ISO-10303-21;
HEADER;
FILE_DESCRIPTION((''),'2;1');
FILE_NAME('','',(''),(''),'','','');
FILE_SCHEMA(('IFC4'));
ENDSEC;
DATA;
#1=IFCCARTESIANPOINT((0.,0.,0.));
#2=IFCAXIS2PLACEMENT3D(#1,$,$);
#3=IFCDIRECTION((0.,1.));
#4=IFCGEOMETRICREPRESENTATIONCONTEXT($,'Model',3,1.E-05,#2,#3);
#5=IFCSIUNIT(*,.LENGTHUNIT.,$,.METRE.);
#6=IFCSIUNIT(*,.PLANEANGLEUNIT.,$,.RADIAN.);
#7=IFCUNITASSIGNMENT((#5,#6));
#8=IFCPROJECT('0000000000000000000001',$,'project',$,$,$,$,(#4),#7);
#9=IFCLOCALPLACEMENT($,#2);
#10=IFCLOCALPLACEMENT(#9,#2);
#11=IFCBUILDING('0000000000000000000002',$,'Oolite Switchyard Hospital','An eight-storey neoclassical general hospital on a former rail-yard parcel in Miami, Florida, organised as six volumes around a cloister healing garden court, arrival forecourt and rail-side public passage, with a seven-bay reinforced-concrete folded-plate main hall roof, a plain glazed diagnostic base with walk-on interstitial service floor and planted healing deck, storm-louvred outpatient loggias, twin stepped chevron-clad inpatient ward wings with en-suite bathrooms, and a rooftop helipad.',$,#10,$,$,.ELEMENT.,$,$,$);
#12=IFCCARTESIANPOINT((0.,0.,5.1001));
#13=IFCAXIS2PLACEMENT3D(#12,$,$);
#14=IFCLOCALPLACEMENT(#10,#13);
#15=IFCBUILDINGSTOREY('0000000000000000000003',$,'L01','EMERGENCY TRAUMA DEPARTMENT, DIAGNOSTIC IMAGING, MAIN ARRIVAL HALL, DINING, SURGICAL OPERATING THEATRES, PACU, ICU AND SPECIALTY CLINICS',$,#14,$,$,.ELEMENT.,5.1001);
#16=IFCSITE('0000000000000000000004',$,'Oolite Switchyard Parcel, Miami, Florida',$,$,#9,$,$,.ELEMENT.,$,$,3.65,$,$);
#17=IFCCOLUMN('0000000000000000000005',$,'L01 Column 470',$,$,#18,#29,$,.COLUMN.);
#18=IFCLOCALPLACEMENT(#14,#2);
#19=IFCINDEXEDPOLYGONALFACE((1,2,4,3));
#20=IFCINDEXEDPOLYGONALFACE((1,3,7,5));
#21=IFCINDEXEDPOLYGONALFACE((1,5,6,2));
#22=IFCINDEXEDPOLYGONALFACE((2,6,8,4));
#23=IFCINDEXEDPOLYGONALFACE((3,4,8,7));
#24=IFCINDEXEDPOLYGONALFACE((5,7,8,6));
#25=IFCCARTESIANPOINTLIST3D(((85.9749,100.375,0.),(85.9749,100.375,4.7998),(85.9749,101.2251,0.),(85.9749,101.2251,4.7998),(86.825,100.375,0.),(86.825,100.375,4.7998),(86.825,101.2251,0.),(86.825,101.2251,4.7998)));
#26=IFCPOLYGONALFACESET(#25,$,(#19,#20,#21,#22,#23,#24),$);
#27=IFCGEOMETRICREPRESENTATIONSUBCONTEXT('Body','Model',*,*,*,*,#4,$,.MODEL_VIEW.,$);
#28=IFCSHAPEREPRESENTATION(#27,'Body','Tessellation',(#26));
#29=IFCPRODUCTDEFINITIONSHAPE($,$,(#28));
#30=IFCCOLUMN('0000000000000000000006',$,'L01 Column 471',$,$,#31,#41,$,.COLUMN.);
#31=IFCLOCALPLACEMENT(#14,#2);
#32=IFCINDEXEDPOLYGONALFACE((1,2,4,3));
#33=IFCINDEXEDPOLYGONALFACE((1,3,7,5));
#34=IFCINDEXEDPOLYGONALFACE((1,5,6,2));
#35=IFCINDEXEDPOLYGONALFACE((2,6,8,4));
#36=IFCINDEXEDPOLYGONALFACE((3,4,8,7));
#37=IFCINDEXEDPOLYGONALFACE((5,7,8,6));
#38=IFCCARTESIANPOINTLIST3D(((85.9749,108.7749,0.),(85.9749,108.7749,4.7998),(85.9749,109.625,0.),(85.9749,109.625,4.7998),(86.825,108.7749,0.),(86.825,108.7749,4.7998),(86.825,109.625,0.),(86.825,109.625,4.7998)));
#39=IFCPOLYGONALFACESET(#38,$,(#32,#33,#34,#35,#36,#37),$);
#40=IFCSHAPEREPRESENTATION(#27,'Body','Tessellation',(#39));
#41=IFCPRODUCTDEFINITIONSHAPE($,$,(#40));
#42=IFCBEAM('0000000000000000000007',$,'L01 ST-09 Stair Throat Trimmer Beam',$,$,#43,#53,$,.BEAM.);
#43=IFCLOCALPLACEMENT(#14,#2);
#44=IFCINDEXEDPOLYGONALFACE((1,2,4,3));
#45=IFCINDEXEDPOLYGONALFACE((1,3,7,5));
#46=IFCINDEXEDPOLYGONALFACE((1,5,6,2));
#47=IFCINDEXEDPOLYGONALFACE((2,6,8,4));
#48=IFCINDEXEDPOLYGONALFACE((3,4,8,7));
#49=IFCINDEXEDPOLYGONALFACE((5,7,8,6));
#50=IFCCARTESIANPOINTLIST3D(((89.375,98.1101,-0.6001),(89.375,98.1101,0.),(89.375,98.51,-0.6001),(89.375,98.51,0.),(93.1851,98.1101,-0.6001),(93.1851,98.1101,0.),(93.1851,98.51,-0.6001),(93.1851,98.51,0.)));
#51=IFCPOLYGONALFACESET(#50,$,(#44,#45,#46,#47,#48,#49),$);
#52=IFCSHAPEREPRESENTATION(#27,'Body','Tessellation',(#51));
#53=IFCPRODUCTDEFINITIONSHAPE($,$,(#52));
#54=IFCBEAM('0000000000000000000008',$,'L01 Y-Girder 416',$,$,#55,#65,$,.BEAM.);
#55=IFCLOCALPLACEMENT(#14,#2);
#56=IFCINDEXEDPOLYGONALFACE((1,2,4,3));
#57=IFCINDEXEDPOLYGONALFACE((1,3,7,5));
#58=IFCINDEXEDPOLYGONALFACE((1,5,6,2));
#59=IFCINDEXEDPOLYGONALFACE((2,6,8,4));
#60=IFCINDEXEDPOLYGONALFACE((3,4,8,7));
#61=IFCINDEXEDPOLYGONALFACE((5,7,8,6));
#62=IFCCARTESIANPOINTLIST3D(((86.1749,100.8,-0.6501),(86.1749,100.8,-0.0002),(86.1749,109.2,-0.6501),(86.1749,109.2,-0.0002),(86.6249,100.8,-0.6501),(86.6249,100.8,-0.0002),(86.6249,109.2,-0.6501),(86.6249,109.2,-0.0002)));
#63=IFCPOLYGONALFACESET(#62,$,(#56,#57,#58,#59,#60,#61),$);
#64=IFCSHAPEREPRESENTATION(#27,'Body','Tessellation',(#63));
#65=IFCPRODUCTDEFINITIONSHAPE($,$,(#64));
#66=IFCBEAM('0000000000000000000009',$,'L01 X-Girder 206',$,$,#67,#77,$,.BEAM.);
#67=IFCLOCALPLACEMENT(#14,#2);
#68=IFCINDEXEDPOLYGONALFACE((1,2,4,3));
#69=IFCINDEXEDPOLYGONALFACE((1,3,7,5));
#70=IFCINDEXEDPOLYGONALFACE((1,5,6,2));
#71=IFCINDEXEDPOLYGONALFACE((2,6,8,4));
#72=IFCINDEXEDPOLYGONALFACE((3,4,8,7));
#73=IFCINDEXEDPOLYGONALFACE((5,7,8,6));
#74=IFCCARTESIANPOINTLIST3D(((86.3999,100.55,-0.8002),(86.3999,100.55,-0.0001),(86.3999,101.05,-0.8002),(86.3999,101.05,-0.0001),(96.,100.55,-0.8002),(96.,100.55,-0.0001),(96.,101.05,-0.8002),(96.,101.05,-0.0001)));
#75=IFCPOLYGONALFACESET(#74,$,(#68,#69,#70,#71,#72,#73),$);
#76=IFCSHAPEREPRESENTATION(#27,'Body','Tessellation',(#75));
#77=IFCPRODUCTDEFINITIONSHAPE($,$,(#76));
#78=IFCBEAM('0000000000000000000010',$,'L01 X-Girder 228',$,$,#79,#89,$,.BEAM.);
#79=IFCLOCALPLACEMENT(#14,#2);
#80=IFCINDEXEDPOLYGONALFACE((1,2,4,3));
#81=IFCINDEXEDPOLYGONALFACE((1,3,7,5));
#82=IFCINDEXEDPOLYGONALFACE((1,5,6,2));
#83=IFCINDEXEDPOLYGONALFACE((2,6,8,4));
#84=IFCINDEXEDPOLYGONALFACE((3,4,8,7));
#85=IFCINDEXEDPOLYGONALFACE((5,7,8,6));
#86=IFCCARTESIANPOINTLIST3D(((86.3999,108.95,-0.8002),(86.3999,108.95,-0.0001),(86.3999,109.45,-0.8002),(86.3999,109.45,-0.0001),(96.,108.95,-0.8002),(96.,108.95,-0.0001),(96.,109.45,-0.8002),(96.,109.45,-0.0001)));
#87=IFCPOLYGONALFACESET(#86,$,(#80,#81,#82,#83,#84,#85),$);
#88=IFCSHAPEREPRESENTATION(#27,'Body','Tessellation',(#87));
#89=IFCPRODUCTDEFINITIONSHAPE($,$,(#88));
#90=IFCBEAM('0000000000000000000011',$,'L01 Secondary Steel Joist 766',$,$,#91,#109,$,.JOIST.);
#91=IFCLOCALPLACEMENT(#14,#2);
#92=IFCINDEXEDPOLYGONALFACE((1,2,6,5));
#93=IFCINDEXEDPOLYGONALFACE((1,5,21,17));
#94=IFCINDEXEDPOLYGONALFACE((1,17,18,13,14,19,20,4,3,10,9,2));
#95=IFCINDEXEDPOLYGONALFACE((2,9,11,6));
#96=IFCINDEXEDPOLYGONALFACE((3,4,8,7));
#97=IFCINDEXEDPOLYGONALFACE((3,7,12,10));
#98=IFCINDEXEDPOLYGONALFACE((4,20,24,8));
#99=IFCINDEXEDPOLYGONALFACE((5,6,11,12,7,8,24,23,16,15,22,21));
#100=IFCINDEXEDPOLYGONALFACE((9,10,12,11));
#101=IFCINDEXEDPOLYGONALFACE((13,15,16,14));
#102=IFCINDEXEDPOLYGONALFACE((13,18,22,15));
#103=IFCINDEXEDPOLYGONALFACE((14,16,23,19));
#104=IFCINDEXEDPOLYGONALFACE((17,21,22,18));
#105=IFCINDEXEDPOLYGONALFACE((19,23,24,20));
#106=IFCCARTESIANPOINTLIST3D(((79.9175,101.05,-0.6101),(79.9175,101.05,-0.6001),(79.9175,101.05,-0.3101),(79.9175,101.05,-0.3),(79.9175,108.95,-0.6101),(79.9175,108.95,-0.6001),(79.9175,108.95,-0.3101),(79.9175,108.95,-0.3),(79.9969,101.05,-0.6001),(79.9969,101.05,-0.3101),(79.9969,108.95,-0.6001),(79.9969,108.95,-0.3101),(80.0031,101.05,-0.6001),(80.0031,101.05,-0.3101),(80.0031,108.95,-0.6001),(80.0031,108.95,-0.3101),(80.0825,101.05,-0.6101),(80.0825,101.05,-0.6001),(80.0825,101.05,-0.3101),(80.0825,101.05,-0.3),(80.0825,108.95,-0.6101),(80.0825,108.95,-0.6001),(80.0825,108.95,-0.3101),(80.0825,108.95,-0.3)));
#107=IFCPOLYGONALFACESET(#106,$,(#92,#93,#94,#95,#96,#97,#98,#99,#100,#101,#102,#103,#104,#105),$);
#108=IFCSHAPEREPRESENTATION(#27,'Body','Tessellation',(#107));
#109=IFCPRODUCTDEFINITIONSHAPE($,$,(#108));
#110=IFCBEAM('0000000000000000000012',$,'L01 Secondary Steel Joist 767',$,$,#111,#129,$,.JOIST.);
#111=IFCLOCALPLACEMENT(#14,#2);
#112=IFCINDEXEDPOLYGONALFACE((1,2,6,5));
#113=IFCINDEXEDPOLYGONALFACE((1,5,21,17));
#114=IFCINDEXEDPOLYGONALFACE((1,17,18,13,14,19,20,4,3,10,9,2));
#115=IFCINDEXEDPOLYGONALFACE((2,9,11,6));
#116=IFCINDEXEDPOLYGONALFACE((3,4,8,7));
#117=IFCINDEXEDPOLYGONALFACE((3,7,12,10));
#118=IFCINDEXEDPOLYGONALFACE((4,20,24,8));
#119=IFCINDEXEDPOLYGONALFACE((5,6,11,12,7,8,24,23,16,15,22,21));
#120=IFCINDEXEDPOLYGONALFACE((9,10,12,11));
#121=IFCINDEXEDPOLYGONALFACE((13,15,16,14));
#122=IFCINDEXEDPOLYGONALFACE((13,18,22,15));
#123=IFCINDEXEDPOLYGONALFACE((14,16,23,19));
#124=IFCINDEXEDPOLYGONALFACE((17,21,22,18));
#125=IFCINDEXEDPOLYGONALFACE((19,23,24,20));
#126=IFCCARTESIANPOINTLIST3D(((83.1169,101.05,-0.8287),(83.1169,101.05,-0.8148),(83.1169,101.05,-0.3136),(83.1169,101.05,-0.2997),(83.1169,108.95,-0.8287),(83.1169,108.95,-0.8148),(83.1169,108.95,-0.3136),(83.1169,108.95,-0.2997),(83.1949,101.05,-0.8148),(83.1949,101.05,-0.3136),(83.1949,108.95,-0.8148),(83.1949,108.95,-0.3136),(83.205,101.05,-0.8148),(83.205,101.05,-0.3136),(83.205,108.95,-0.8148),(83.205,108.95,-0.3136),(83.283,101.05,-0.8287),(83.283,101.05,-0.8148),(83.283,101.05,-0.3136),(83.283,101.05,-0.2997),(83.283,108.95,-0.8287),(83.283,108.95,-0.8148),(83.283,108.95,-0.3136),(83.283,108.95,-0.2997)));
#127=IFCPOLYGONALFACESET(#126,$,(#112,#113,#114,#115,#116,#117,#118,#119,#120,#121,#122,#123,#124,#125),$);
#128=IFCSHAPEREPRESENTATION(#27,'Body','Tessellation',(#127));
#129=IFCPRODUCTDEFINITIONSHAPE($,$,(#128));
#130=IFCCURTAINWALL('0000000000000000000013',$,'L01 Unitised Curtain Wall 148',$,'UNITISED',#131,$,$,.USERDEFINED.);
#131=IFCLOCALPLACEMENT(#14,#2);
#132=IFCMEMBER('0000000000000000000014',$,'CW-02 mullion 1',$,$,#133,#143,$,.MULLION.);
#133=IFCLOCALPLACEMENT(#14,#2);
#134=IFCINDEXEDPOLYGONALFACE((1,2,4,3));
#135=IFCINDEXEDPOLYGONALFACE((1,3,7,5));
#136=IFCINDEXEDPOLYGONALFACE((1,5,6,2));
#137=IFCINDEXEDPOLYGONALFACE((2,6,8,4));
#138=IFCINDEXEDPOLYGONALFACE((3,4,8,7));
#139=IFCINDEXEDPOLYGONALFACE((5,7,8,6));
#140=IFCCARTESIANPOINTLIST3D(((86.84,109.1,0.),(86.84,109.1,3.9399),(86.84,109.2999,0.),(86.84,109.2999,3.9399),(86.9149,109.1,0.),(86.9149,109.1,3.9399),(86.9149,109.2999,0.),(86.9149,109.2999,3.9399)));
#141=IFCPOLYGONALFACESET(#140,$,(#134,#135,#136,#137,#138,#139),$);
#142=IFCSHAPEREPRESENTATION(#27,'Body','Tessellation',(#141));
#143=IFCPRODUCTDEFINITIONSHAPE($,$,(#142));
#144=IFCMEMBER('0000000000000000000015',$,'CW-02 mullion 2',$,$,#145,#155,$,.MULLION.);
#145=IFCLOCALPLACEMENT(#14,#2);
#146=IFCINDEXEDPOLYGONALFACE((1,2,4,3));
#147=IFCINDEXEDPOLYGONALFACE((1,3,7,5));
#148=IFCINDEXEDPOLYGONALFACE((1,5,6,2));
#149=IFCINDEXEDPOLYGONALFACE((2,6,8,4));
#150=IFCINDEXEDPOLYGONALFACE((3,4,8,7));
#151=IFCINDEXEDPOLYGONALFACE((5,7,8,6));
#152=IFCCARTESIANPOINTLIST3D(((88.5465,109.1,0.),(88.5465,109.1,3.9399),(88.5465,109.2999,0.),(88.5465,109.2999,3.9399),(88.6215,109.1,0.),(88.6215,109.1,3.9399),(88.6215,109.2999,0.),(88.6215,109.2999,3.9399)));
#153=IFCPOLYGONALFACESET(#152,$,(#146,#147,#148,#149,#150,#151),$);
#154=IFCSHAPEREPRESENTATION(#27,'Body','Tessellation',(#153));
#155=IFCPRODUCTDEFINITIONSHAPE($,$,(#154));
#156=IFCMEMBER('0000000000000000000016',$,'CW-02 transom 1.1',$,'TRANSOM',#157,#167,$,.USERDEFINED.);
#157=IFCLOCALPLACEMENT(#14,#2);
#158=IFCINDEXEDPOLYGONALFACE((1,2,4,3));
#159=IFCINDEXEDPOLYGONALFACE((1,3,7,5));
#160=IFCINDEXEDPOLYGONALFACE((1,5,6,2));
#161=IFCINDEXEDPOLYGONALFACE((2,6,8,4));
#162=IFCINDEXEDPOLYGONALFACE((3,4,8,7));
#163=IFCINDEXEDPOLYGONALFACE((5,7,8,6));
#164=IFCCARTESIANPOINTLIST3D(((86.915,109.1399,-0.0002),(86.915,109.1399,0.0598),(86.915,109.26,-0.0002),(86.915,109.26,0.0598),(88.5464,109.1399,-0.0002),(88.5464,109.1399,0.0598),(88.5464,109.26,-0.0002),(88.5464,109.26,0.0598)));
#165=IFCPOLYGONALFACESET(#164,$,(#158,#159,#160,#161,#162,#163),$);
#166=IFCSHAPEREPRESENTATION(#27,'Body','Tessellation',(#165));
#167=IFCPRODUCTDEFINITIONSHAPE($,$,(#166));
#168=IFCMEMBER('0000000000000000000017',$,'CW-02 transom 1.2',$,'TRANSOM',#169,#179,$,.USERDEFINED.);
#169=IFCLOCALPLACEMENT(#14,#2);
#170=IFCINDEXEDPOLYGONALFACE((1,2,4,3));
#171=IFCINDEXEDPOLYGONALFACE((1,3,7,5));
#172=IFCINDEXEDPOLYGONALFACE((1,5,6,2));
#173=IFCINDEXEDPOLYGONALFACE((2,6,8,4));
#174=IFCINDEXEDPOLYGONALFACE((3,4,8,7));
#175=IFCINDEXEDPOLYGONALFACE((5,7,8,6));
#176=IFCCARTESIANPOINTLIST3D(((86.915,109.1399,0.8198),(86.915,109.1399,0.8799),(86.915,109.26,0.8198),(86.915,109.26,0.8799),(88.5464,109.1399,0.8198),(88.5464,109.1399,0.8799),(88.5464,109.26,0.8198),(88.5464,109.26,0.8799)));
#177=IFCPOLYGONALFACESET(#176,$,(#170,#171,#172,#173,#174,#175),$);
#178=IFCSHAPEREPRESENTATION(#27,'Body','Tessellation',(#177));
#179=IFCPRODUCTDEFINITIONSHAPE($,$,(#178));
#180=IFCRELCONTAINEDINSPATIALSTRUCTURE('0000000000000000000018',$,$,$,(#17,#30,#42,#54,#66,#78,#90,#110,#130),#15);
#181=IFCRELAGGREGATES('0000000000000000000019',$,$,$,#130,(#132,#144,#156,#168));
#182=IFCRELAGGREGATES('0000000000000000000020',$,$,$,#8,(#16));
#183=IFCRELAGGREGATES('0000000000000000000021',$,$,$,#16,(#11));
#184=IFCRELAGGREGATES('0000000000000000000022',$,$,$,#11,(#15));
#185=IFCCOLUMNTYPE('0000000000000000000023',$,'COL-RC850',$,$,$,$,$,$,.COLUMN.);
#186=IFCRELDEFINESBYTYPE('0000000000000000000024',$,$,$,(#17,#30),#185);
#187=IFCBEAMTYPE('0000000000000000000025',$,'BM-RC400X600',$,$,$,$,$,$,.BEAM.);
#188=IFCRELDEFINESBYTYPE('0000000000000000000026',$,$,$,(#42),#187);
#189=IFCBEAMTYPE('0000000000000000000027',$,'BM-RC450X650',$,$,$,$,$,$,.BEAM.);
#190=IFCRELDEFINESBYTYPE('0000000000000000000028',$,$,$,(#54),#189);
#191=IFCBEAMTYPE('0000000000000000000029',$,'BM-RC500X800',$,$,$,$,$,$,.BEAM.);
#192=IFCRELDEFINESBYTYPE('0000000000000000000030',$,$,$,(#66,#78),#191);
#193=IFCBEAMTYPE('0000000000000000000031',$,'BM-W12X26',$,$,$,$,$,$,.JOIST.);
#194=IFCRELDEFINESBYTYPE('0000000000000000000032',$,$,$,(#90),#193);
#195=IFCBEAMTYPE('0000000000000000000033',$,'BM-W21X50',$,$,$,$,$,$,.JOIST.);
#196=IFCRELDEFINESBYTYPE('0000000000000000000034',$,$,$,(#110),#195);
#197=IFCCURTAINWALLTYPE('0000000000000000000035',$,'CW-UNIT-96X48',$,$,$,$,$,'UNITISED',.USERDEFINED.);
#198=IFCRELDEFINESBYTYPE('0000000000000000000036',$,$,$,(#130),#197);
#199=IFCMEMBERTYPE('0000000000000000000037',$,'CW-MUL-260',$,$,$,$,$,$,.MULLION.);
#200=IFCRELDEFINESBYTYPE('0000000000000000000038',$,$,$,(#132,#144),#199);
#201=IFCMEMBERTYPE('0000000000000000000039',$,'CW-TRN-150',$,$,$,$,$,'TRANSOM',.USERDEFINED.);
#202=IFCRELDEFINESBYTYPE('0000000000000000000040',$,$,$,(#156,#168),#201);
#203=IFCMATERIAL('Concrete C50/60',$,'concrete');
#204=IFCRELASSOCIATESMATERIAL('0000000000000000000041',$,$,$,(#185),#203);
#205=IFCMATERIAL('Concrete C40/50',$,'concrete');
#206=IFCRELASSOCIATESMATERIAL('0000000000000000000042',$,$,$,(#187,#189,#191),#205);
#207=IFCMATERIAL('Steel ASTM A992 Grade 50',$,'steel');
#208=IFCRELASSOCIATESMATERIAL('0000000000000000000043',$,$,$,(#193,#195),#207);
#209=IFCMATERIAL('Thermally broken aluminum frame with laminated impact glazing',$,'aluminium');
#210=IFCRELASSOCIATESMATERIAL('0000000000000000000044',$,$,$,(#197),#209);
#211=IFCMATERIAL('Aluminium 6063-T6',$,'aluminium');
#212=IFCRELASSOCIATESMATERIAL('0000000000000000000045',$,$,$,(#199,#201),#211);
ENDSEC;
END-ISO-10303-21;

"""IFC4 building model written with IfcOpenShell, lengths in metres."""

from ifc_helpers import new_model, si_unit, direction, frame, origin, origin_2d, place, context, subcontext, project, spatial, rectangle, i_section, extrude, material, material_profile, profile_set, type_object, element, aggregate, save


model = new_model("IFC4")

# Units and contexts
model_context = context("Model", 3, precision=1e-05, world=origin(), true_north=direction((0.0, 1.0)))
body_context = subcontext(model_context, "Body", "Model", "MODEL_VIEW")
ifc_project = project(units=[si_unit("LENGTHUNIT", "METRE"), si_unit("PLANEANGLEUNIT", "RADIAN")], contexts=[model_context])

# Site, building, storey
site_placement = place(None, origin())
site = spatial("IfcSite", under=ifc_project, at=site_placement, Name="Oolite Switchyard Parcel, Miami, Florida", CompositionType="ELEMENT", RefElevation=3.65)
building_placement = place(site_placement, origin())
building = spatial("IfcBuilding", under=site, at=building_placement, Name="Oolite Switchyard Hospital", Description="An eight-storey neoclassical general hospital on a former rail-yard parcel in Miami, Florida, organised as six volumes around a cloister healing garden court, arrival forecourt and rail-side public passage, with a seven-bay reinforced-concrete folded-plate main hall roof, a plain glazed diagnostic base with walk-on interstitial service floor and planted healing deck, storm-louvred outpatient loggias, twin stepped chevron-clad inpatient ward wings with en-suite bathrooms, and a rooftop helipad.", CompositionType="ELEMENT")
storey_placement = place(building_placement, frame((0.0, 0.0, 5.1001)))
storey = spatial("IfcBuildingStorey", under=building, at=storey_placement, Name="L01", Description="EMERGENCY TRAUMA DEPARTMENT, DIAGNOSTIC IMAGING, MAIN ARRIVAL HALL, DINING, SURGICAL OPERATING THEATRES, PACU, ICU AND SPECIALTY CLINICS", CompositionType="ELEMENT", Elevation=5.1001)

# Columns
ifc_material_1 = material(Name="Concrete C50/60", Category="concrete")
ifc_material_profile_1 = material_profile(ifc_material_1, rectangle(XDim=0.8501, YDim=0.8501, at=origin_2d()), Name="RC850X850")
ifc_profile_set_1 = profile_set([ifc_material_profile_1], Name="Concrete C50/60")
column_type = type_object("IfcColumnType", Name="COL-RC850", PredefinedType="COLUMN", material=ifc_profile_set_1)
for number, where, z_axis, x_axis, name in (
    (1, (86.3999, 100.8, 0.0), (0.0, 0.0, 1.0), (1.0, 0.0, 0.0), "L01 Column 470"),
    (2, (86.3999, 109.2, 0.0), (0.0, 0.0, 1.0), (1.0, 0.0, 0.0), "L01 Column 471"),
):
    element("IfcColumn", number, at=place(storey_placement, frame(where, z_axis=z_axis, x_axis=x_axis)), inside=storey, type_object=column_type, Name=name, PredefinedType="COLUMN", context=body_context, shape_type="SweptSolid", body=[
        extrude(rectangle(XDim=0.8501, YDim=0.8501, at=origin_2d()), origin(), (0.0, 0.0, 1.0), 4.7998),
    ])

# Beams
ifc_material_2 = material(Name="Concrete C40/50", Category="concrete")
ifc_material_profile_2 = material_profile(ifc_material_2, rectangle(XDim=0.3999, YDim=0.6001, at=origin_2d()), Name="RCB400X600")
ifc_profile_set_2 = profile_set([ifc_material_profile_2], Name="Concrete C40/50")
beam_type_1 = type_object("IfcBeamType", Name="BM-RC400X600", PredefinedType="BEAM", material=ifc_profile_set_2)
beam_1_placement = place(storey_placement, frame((89.375, 98.3101, -0.3), z_axis=(1.0, 0.0, 0.0), x_axis=(0.0, 1.0, 0.0)))
element("IfcBeam", 3, at=beam_1_placement, inside=storey, type_object=beam_type_1, Name="L01 ST-09 Stair Throat Trimmer Beam", PredefinedType="BEAM", context=body_context, shape_type="SweptSolid", body=[
    extrude(rectangle(XDim=0.3999, YDim=0.6001, at=origin_2d()), origin(), (0.0, 0.0, 1.0), 3.8101),
])
ifc_material_profile_3 = material_profile(ifc_material_2, rectangle(XDim=0.45, YDim=0.6499, at=origin_2d()), Name="RCB450X650")
ifc_profile_set_3 = profile_set([ifc_material_profile_3], Name="Concrete C40/50")
beam_type_2 = type_object("IfcBeamType", Name="BM-RC450X650", PredefinedType="BEAM", material=ifc_profile_set_3)
beam_2_placement = place(storey_placement, frame((86.3999, 100.8, -0.3252), z_axis=(0.0, 1.0, 0.0), x_axis=(-1.0, 0.0, 0.0)))
element("IfcBeam", 4, at=beam_2_placement, inside=storey, type_object=beam_type_2, Name="L01 Y-Girder 416", PredefinedType="BEAM", context=body_context, shape_type="SweptSolid", body=[
    extrude(rectangle(XDim=0.45, YDim=0.6499, at=origin_2d()), origin(), (0.0, 0.0, 1.0), 8.3999),
])
ifc_material_profile_4 = material_profile(ifc_material_2, rectangle(XDim=0.5, YDim=0.8, at=origin_2d()), Name="RCB500X800")
ifc_profile_set_4 = profile_set([ifc_material_profile_4], Name="Concrete C40/50")
beam_type_3 = type_object("IfcBeamType", Name="BM-RC500X800", PredefinedType="BEAM", material=ifc_profile_set_4)
for number, where, z_axis, x_axis, name in (
    (5, (86.3999, 100.8, -0.4001), (1.0, 0.0, 0.0), (0.0, 1.0, 0.0), "L01 X-Girder 206"),
    (6, (86.3999, 109.2, -0.4001), (1.0, 0.0, 0.0), (0.0, 1.0, 0.0), "L01 X-Girder 228"),
):
    element("IfcBeam", number, at=place(storey_placement, frame(where, z_axis=z_axis, x_axis=x_axis)), inside=storey, type_object=beam_type_3, Name=name, PredefinedType="BEAM", context=body_context, shape_type="SweptSolid", body=[
        extrude(rectangle(XDim=0.5, YDim=0.8, at=origin_2d()), origin(), (0.0, 0.0, 1.0), 9.6001),
    ])
ifc_material_3 = material(Name="Steel ASTM A992 Grade 50", Category="steel")
ifc_material_profile_5 = material_profile(ifc_material_3, i_section(OverallWidth=0.165, OverallDepth=0.3101, WebThickness=0.0061, FlangeThickness=0.01, at=origin_2d()), Name="W12X26")
ifc_profile_set_5 = profile_set([ifc_material_profile_5], Name="Steel ASTM A992 Grade 50")
beam_type_4 = type_object("IfcBeamType", Name="BM-W12X26", PredefinedType="JOIST", material=ifc_profile_set_5)
beam_3_placement = place(storey_placement, frame((80.0, 101.05, -0.4551), z_axis=(0.0, 1.0, 0.0), x_axis=(-1.0, 0.0, 0.0)))
element("IfcBeam", 7, at=beam_3_placement, inside=storey, type_object=beam_type_4, Name="L01 Secondary Steel Joist 766", PredefinedType="JOIST", context=body_context, shape_type="SweptSolid", body=[
    extrude(i_section(OverallWidth=0.165, OverallDepth=0.3101, WebThickness=0.0061, FlangeThickness=0.01, at=origin_2d()), origin(), (0.0, 0.0, 1.0), 7.8999),
])
ifc_material_profile_6 = material_profile(ifc_material_3, i_section(OverallWidth=0.166, OverallDepth=0.5291, WebThickness=0.01, FlangeThickness=0.0139, at=origin_2d()), Name="W21X50")
ifc_profile_set_6 = profile_set([ifc_material_profile_6], Name="Steel ASTM A992 Grade 50")
beam_type_5 = type_object("IfcBeamType", Name="BM-W21X50", PredefinedType="JOIST", material=ifc_profile_set_6)
beam_4_placement = place(storey_placement, frame((83.2, 101.05, -0.5642), z_axis=(0.0, 1.0, 0.0), x_axis=(-1.0, 0.0, 0.0)))
element("IfcBeam", 8, at=beam_4_placement, inside=storey, type_object=beam_type_5, Name="L01 Secondary Steel Joist 767", PredefinedType="JOIST", context=body_context, shape_type="SweptSolid", body=[
    extrude(i_section(OverallWidth=0.166, OverallDepth=0.5291, WebThickness=0.01, FlangeThickness=0.0139, at=origin_2d()), origin(), (0.0, 0.0, 1.0), 7.8999),
])

# Curtain wall, members
ifc_material_4 = material(Name="Thermally broken aluminum frame with laminated impact glazing", Category="aluminium")
curtain_wall_type = type_object("IfcCurtainWallType", Name="CW-UNIT-96X48", ElementType="UNITISED", PredefinedType="USERDEFINED", material=ifc_material_4)
curtain_wall_placement = place(storey_placement, origin())
curtain_wall = element("IfcCurtainWall", 9, at=curtain_wall_placement, inside=storey, type_object=curtain_wall_type, Name="L01 Unitised Curtain Wall 148", ObjectType="UNITISED", PredefinedType="USERDEFINED")
ifc_material_5 = material(Name="Aluminium 6063-T6", Category="aluminium")
ifc_material_profile_7 = material_profile(ifc_material_5, rectangle(XDim=0.2, YDim=0.075, at=origin_2d()), Name="CWM75X200")
ifc_profile_set_7 = profile_set([ifc_material_profile_7], Name="Aluminium 6063-T6")
member_type_1 = type_object("IfcMemberType", Name="CW-MUL-260", PredefinedType="MULLION", material=ifc_profile_set_7)
member_1_placement = place(storey_placement, frame((86.8774, 109.2, 0.0), z_axis=(0.0, 0.0, 1.0), x_axis=(0.0, 1.0, 0.0)))
member_1 = element("IfcMember", 10, at=member_1_placement, type_object=member_type_1, Name="CW-02 mullion 1", PredefinedType="MULLION", context=body_context, shape_type="SweptSolid", body=[
    extrude(rectangle(XDim=0.2, YDim=0.075, at=origin_2d()), origin(), (0.0, 0.0, 1.0), 3.9399),
])
member_2_placement = place(storey_placement, frame((88.584, 109.2, 0.0), z_axis=(0.0, 0.0, 1.0), x_axis=(0.0, 1.0, 0.0)))
member_2 = element("IfcMember", 11, at=member_2_placement, type_object=member_type_1, Name="CW-02 mullion 2", PredefinedType="MULLION", context=body_context, shape_type="SweptSolid", body=[
    extrude(rectangle(XDim=0.2, YDim=0.075, at=origin_2d()), origin(), (0.0, 0.0, 1.0), 3.9399),
])
ifc_material_profile_8 = material_profile(ifc_material_5, rectangle(XDim=0.1201, YDim=0.0601, at=origin_2d()), Name="CWT60X120")
ifc_profile_set_8 = profile_set([ifc_material_profile_8], Name="Aluminium 6063-T6")
member_type_2 = type_object("IfcMemberType", Name="CW-TRN-150", ElementType="TRANSOM", PredefinedType="USERDEFINED", material=ifc_profile_set_8)
member_3_placement = place(storey_placement, frame((86.915, 109.2, 0.0298), z_axis=(1.0, 0.0, 0.0), x_axis=(0.0, 1.0, 0.0)))
member_3 = element("IfcMember", 12, at=member_3_placement, type_object=member_type_2, Name="CW-02 transom 1.1", ObjectType="TRANSOM", PredefinedType="USERDEFINED", context=body_context, shape_type="SweptSolid", body=[
    extrude(rectangle(XDim=0.1201, YDim=0.0601, at=origin_2d()), origin(), (0.0, 0.0, 1.0), 1.6313),
])
member_4_placement = place(storey_placement, frame((86.915, 109.2, 0.8499), z_axis=(1.0, 0.0, 0.0), x_axis=(0.0, 1.0, 0.0)))
member_4 = element("IfcMember", 13, at=member_4_placement, type_object=member_type_2, Name="CW-02 transom 1.2", ObjectType="TRANSOM", PredefinedType="USERDEFINED", context=body_context, shape_type="SweptSolid", body=[
    extrude(rectangle(XDim=0.1201, YDim=0.0601, at=origin_2d()), origin(), (0.0, 0.0, 1.0), 1.6313),
])
aggregate(curtain_wall, [member_1, member_2, member_3, member_4])

save(model, "model.ifc")
